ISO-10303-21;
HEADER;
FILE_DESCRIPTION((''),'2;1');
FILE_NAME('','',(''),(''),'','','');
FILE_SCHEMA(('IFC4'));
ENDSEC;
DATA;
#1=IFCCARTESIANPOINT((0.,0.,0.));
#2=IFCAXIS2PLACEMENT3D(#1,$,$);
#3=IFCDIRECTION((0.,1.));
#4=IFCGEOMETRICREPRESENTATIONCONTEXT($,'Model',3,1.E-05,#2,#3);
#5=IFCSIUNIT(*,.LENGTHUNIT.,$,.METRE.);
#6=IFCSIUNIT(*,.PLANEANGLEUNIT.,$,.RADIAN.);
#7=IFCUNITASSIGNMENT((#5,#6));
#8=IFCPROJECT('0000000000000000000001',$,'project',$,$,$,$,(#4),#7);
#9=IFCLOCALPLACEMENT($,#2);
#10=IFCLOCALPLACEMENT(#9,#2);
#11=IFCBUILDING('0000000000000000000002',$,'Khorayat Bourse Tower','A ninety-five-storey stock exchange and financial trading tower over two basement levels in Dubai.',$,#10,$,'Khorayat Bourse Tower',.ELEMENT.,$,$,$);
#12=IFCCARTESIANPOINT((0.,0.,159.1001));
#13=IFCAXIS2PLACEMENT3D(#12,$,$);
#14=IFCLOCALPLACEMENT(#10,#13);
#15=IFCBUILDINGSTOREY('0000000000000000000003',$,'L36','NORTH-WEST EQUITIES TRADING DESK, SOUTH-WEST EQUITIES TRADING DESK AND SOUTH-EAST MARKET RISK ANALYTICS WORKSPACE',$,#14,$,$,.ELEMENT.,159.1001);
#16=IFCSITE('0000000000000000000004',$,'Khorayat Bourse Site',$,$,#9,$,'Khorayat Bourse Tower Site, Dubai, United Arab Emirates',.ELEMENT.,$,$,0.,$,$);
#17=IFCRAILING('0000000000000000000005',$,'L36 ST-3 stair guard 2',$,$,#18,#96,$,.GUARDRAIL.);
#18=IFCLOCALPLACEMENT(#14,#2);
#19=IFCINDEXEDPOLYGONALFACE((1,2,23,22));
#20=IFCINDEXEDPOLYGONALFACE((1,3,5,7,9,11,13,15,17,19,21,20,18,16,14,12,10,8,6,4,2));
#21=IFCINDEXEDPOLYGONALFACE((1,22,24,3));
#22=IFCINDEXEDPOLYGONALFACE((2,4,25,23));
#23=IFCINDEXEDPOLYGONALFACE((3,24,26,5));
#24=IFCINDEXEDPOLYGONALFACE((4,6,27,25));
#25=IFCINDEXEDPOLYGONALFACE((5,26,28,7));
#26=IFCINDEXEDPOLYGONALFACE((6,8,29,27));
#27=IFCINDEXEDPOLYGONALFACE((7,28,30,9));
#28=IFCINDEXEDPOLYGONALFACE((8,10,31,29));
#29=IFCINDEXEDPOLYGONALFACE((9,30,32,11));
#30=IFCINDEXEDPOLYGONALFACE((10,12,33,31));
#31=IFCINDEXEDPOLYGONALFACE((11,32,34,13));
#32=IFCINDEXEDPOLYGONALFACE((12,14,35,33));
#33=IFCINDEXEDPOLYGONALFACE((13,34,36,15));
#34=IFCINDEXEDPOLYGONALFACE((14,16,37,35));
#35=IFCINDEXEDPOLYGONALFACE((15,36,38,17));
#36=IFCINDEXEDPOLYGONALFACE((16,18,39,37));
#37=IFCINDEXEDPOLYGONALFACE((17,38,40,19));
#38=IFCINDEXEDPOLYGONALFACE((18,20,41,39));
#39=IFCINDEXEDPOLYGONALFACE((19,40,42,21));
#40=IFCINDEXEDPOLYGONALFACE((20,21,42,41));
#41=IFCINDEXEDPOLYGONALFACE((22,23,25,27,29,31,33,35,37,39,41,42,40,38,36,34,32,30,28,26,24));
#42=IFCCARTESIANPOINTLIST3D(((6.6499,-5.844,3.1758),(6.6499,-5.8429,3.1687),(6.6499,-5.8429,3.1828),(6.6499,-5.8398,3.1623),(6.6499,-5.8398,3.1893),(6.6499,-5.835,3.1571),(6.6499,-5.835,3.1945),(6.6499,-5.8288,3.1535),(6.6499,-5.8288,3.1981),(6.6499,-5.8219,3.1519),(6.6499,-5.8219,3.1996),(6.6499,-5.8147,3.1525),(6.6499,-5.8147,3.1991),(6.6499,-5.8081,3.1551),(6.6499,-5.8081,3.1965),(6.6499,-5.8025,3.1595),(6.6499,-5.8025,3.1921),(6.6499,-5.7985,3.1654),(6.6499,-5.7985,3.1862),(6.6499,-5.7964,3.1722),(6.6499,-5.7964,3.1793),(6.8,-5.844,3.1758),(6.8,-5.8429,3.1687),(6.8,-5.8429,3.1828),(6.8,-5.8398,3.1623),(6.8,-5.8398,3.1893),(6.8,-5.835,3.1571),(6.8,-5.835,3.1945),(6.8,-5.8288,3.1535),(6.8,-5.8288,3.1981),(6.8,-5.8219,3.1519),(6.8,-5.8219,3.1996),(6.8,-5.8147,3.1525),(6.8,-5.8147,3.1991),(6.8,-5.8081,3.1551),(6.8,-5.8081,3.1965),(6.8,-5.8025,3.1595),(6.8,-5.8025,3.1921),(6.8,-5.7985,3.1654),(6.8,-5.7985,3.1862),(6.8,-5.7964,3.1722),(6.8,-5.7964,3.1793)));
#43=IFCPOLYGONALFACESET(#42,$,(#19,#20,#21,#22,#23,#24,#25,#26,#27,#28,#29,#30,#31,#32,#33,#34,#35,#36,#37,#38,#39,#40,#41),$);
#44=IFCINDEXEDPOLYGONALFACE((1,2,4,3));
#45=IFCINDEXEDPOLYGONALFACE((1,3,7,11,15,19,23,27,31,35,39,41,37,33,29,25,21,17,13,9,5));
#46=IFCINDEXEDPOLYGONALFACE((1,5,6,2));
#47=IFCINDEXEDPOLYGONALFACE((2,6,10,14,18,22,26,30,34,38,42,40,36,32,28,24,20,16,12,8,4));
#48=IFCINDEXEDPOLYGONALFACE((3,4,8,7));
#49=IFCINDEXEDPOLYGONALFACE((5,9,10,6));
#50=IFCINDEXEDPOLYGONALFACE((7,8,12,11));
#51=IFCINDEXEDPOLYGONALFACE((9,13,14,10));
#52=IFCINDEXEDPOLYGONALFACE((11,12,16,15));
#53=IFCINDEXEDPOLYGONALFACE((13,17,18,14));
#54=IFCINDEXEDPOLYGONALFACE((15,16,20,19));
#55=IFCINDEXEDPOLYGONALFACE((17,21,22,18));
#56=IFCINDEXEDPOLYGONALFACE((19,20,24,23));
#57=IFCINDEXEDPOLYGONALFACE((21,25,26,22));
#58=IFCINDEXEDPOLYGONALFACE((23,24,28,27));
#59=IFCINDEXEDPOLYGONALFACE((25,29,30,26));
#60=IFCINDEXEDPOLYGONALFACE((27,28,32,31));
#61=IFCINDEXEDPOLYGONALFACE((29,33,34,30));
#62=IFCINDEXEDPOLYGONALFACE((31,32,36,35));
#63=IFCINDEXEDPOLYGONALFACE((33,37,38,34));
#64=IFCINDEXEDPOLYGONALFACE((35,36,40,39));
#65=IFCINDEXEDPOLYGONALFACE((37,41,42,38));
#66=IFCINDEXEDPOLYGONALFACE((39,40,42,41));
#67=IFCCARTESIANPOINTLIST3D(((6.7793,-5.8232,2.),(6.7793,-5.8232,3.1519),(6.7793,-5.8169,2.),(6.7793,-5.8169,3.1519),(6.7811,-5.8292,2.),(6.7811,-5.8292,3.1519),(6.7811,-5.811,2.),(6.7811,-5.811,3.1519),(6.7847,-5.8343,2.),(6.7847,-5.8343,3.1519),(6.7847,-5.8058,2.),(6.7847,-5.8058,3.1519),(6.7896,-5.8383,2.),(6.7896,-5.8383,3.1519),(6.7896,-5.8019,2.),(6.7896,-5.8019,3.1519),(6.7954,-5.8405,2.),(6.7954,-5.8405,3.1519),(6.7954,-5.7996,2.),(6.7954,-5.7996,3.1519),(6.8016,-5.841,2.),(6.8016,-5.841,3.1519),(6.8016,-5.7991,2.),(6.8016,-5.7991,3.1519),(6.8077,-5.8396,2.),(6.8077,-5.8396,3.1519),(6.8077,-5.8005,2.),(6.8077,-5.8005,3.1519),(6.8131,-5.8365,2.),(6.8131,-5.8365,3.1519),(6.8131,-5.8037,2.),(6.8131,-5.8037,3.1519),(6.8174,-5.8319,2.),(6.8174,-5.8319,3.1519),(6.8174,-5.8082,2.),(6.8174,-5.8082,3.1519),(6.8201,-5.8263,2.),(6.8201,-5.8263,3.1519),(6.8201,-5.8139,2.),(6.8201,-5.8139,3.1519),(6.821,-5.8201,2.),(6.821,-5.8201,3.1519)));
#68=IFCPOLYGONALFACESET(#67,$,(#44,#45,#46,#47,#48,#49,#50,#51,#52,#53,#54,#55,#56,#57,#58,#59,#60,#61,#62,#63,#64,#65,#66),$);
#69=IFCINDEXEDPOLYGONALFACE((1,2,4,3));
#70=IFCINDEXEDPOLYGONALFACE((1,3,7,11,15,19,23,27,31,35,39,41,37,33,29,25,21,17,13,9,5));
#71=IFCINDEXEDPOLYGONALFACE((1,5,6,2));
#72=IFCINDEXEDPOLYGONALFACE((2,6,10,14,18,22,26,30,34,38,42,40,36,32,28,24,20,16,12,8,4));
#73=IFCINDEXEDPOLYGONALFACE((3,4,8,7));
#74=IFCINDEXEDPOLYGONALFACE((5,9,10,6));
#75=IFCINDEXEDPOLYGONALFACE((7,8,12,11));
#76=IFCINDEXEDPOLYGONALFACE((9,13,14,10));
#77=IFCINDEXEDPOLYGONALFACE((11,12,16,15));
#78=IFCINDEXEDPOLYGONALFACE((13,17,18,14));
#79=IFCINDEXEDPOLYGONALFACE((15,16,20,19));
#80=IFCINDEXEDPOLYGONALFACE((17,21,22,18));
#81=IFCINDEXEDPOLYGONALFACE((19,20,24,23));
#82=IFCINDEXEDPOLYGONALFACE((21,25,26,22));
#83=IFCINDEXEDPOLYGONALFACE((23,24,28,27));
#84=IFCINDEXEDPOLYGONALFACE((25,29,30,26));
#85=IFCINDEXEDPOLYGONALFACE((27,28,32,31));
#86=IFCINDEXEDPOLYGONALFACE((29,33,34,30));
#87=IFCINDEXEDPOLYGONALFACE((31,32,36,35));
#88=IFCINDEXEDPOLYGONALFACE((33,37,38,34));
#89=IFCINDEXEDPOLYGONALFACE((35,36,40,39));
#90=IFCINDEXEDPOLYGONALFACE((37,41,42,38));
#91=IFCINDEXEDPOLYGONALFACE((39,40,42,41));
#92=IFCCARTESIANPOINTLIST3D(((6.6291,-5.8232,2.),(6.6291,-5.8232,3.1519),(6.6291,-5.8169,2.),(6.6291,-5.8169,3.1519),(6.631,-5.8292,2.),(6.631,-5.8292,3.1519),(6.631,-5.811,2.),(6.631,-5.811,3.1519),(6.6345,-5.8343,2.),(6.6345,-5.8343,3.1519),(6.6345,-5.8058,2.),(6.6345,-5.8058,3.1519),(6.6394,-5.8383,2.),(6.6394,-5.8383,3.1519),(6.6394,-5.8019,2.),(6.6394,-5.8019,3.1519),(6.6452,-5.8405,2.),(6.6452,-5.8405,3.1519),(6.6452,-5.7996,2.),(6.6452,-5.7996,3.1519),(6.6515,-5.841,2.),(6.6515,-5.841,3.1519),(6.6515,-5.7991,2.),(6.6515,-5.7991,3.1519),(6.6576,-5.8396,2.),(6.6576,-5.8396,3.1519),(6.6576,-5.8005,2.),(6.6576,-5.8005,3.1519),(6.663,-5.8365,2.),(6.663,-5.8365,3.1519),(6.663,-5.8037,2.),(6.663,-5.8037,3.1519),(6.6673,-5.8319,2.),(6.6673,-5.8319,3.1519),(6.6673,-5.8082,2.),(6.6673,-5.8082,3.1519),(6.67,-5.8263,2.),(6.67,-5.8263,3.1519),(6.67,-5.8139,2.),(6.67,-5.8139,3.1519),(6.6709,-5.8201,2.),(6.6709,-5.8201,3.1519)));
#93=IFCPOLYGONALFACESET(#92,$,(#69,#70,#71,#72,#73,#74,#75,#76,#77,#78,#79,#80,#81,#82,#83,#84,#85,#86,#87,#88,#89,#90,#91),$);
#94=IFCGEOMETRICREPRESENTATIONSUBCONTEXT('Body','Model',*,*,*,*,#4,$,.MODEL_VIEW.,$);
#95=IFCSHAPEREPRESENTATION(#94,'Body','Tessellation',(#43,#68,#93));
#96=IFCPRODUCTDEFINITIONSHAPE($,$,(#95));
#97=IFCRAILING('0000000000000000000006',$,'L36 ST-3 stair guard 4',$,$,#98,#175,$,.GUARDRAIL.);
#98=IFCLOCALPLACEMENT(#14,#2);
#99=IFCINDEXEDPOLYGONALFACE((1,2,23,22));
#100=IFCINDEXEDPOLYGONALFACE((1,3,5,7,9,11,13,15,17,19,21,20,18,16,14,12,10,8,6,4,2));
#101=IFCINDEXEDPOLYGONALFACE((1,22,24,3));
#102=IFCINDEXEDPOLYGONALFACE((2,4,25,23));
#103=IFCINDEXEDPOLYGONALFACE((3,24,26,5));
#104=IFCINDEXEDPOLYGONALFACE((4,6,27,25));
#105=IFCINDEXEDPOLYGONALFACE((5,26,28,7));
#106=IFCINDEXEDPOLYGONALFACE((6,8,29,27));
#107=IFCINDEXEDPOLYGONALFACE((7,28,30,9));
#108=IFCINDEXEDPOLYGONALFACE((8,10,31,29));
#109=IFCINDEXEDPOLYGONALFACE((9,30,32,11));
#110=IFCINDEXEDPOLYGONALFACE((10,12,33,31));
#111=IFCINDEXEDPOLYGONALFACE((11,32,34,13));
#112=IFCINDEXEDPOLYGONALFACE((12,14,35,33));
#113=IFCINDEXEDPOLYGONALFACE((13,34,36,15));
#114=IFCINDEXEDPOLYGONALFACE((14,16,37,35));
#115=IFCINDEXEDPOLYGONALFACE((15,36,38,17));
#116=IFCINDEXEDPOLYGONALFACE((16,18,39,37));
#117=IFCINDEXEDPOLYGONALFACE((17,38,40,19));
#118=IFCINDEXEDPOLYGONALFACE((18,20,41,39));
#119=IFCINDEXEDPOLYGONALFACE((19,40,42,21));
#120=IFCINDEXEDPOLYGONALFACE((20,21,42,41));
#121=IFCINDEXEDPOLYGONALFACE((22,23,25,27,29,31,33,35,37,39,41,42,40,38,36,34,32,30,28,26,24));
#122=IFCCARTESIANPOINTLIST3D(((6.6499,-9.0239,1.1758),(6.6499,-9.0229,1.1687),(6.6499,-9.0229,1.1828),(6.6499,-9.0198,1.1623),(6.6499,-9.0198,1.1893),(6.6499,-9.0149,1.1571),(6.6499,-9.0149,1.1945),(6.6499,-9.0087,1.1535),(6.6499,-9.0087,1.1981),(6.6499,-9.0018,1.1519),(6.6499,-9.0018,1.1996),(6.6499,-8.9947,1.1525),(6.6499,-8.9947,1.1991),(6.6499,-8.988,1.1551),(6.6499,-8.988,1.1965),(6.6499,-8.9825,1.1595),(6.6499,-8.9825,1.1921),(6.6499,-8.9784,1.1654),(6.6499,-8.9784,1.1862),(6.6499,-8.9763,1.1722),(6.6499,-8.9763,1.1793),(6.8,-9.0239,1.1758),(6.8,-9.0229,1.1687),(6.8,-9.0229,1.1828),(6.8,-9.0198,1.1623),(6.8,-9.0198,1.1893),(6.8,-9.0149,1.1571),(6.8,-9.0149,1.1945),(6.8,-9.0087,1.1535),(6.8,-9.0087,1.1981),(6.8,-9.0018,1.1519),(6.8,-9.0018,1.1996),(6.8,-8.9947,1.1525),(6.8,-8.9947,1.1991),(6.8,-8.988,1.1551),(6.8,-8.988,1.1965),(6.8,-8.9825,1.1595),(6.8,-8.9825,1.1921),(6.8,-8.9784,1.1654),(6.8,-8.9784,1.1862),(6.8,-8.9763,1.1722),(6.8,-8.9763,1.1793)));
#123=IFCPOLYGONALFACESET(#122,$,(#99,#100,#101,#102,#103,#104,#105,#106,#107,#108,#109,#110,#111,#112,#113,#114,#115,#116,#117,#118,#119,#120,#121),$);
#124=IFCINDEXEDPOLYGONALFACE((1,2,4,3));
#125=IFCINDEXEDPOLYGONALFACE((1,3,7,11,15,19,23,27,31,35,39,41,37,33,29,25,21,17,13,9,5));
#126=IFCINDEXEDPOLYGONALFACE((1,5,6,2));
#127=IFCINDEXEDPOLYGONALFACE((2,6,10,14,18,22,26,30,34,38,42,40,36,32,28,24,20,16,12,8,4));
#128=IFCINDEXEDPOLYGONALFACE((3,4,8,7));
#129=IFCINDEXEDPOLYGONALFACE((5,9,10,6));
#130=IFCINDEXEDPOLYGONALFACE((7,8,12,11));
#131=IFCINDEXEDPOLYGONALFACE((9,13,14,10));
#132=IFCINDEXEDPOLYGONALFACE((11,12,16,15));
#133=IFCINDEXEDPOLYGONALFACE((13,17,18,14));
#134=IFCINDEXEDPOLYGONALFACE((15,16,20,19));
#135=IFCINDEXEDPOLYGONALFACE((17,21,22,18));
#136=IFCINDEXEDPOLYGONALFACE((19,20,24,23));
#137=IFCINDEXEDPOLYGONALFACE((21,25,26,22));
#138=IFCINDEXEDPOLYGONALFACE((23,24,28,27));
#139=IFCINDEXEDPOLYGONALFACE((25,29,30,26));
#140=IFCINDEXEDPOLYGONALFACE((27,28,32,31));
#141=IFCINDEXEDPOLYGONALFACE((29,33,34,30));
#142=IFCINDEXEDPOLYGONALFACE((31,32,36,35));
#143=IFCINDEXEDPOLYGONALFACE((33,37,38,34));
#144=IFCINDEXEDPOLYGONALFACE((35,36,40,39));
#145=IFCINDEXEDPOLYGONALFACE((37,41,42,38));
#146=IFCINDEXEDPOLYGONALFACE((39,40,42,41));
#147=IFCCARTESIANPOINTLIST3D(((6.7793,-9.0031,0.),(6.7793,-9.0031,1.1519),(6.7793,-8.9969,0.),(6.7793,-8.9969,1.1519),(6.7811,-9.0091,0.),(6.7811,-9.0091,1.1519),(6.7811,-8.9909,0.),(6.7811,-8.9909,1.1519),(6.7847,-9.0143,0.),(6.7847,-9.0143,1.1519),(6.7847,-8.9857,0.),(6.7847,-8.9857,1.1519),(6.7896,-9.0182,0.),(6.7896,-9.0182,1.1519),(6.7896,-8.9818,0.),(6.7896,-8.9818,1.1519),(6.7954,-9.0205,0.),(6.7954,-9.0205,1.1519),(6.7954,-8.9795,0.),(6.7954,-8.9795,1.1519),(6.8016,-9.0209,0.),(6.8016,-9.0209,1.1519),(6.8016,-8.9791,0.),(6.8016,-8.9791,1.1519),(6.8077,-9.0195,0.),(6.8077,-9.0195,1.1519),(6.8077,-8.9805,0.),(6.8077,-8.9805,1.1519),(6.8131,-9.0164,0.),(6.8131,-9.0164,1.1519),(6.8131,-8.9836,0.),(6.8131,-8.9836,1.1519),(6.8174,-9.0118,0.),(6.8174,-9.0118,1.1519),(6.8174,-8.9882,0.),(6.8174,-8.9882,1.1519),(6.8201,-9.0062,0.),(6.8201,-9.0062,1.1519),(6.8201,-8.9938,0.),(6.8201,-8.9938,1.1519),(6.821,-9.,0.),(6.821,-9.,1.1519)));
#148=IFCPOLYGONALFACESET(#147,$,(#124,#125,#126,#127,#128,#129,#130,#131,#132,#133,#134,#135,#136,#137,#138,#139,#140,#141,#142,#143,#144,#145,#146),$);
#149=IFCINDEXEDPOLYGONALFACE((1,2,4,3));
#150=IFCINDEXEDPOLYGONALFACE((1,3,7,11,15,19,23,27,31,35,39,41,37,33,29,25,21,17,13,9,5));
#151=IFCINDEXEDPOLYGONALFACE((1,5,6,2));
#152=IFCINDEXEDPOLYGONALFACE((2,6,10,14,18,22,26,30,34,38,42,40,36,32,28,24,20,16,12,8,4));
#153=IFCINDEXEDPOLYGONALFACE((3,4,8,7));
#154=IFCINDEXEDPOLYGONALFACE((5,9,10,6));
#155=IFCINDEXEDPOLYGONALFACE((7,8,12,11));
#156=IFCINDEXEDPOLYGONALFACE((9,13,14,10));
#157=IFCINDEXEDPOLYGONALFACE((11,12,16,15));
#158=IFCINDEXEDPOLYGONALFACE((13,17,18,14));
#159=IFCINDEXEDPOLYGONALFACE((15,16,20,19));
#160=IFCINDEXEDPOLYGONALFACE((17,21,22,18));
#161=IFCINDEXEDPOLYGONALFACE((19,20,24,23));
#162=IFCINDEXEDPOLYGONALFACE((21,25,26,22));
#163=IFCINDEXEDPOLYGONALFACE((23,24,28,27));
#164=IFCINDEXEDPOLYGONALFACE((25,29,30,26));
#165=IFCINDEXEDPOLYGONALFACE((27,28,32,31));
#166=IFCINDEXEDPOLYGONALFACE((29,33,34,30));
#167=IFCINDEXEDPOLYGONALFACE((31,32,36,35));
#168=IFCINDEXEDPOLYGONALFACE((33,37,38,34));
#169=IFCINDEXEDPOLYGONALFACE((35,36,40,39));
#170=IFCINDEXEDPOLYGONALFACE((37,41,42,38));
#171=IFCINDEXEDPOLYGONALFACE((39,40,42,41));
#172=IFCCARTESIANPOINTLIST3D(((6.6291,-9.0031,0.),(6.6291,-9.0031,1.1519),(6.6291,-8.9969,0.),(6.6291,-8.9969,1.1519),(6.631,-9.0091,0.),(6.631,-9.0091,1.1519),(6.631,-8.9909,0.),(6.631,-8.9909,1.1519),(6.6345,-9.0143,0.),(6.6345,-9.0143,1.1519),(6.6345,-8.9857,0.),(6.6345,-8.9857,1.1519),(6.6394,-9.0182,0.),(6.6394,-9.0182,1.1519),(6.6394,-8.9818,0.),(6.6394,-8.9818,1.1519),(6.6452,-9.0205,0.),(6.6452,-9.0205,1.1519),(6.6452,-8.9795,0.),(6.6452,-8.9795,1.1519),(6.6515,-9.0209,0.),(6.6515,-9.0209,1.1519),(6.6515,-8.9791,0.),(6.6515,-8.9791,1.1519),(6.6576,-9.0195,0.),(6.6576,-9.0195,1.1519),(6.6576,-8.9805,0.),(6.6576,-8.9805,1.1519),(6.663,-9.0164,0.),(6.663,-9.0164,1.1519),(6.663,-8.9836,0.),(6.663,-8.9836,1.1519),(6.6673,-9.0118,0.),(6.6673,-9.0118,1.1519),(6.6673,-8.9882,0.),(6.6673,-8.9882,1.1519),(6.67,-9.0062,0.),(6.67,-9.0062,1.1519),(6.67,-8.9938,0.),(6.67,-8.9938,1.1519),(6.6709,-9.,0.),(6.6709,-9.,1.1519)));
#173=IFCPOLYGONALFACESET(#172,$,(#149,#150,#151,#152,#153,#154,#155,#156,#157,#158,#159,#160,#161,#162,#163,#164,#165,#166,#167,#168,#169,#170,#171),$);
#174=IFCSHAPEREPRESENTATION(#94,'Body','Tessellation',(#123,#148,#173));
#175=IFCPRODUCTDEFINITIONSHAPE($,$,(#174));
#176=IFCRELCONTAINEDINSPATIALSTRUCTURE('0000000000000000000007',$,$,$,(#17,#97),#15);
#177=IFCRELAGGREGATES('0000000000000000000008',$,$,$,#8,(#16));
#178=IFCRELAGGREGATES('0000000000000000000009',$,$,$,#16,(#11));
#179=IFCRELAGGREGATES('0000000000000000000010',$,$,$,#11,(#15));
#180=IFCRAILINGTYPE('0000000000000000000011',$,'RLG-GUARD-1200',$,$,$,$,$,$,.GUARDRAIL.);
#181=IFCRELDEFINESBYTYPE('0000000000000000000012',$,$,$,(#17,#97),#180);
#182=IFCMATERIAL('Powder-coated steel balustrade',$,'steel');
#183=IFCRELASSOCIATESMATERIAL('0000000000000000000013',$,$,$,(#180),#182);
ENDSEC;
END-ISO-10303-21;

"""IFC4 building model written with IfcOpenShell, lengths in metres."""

from ifc_helpers import new_model, si_unit, direction, frame, origin, origin_2d, place, context, subcontext, project, spatial, circle, extrude, source, transform, mapped, material, type_object, element, save


model = new_model("IFC4")

# Units and contexts
model_context = context("Model", 3, precision=1e-05, world=origin(), true_north=direction((0.0, 1.0)))
body_context = subcontext(model_context, "Body", "Model", "MODEL_VIEW")
ifc_project = project(units=[si_unit("LENGTHUNIT", "METRE"), si_unit("PLANEANGLEUNIT", "RADIAN")], contexts=[model_context])

# Site, building, storey
site_placement = place(None, origin())
site = spatial("IfcSite", under=ifc_project, at=site_placement, Name="Khorayat Bourse Site", LongName="Khorayat Bourse Tower Site, Dubai, United Arab Emirates", CompositionType="ELEMENT", RefElevation=0.0)
building_placement = place(site_placement, origin())
building = spatial("IfcBuilding", under=site, at=building_placement, Name="Khorayat Bourse Tower", Description="A ninety-five-storey stock exchange and financial trading tower over two basement levels in Dubai.", LongName="Khorayat Bourse Tower", CompositionType="ELEMENT")
storey_placement = place(building_placement, frame((0.0, 0.0, 159.1001)))
storey = spatial("IfcBuildingStorey", under=building, at=storey_placement, Name="L36", Description="NORTH-WEST EQUITIES TRADING DESK, SOUTH-WEST EQUITIES TRADING DESK AND SOUTH-EAST MARKET RISK ANALYTICS WORKSPACE", CompositionType="ELEMENT", Elevation=159.1001)

# Railings
ifc_material_1 = material(Name="Powder-coated steel balustrade", Category="steel")
railing_type_1 = type_object("IfcRailingType", Name="RLG-GUARD-1200", PredefinedType="GUARDRAIL", material=ifc_material_1)
shared_shape_1 = source(origin(), body_context, "Body", "SweptSolid", [
    extrude(circle(Radius=0.0239, at=origin_2d()), frame((0.0, 0.0, 1.1758), z_axis=(-1.0, 0.0, 0.0), x_axis=(0.0, -1.0, 0.0)), (0.0, 0.0, 1.0), 0.1501),
    extrude(circle(Radius=0.021, at=origin_2d()), origin(), (0.0, 0.0, 1.0), 1.1519),
    extrude(circle(Radius=0.021, at=origin_2d()), frame((-0.1501, 0.0, 0.0)), (0.0, 0.0, 1.0), 1.1519),
])
for number, where, name in (
    (1, (6.8, -5.8201, 2.0), "L36 ST-3 stair guard 2"),
    (2, (6.8, -9.0, 0.0), "L36 ST-3 stair guard 4"),
):
    element("IfcRailing", number, at=place(storey_placement, frame(where)), inside=storey, type_object=railing_type_1, Name=name, PredefinedType="GUARDRAIL", context=body_context, shape_type="MappedRepresentation", body=[
        mapped(shared_shape_1, transform((0.0, 0.0, 0.0), scale=1.0)),
    ])

save(model, "model.ifc")
